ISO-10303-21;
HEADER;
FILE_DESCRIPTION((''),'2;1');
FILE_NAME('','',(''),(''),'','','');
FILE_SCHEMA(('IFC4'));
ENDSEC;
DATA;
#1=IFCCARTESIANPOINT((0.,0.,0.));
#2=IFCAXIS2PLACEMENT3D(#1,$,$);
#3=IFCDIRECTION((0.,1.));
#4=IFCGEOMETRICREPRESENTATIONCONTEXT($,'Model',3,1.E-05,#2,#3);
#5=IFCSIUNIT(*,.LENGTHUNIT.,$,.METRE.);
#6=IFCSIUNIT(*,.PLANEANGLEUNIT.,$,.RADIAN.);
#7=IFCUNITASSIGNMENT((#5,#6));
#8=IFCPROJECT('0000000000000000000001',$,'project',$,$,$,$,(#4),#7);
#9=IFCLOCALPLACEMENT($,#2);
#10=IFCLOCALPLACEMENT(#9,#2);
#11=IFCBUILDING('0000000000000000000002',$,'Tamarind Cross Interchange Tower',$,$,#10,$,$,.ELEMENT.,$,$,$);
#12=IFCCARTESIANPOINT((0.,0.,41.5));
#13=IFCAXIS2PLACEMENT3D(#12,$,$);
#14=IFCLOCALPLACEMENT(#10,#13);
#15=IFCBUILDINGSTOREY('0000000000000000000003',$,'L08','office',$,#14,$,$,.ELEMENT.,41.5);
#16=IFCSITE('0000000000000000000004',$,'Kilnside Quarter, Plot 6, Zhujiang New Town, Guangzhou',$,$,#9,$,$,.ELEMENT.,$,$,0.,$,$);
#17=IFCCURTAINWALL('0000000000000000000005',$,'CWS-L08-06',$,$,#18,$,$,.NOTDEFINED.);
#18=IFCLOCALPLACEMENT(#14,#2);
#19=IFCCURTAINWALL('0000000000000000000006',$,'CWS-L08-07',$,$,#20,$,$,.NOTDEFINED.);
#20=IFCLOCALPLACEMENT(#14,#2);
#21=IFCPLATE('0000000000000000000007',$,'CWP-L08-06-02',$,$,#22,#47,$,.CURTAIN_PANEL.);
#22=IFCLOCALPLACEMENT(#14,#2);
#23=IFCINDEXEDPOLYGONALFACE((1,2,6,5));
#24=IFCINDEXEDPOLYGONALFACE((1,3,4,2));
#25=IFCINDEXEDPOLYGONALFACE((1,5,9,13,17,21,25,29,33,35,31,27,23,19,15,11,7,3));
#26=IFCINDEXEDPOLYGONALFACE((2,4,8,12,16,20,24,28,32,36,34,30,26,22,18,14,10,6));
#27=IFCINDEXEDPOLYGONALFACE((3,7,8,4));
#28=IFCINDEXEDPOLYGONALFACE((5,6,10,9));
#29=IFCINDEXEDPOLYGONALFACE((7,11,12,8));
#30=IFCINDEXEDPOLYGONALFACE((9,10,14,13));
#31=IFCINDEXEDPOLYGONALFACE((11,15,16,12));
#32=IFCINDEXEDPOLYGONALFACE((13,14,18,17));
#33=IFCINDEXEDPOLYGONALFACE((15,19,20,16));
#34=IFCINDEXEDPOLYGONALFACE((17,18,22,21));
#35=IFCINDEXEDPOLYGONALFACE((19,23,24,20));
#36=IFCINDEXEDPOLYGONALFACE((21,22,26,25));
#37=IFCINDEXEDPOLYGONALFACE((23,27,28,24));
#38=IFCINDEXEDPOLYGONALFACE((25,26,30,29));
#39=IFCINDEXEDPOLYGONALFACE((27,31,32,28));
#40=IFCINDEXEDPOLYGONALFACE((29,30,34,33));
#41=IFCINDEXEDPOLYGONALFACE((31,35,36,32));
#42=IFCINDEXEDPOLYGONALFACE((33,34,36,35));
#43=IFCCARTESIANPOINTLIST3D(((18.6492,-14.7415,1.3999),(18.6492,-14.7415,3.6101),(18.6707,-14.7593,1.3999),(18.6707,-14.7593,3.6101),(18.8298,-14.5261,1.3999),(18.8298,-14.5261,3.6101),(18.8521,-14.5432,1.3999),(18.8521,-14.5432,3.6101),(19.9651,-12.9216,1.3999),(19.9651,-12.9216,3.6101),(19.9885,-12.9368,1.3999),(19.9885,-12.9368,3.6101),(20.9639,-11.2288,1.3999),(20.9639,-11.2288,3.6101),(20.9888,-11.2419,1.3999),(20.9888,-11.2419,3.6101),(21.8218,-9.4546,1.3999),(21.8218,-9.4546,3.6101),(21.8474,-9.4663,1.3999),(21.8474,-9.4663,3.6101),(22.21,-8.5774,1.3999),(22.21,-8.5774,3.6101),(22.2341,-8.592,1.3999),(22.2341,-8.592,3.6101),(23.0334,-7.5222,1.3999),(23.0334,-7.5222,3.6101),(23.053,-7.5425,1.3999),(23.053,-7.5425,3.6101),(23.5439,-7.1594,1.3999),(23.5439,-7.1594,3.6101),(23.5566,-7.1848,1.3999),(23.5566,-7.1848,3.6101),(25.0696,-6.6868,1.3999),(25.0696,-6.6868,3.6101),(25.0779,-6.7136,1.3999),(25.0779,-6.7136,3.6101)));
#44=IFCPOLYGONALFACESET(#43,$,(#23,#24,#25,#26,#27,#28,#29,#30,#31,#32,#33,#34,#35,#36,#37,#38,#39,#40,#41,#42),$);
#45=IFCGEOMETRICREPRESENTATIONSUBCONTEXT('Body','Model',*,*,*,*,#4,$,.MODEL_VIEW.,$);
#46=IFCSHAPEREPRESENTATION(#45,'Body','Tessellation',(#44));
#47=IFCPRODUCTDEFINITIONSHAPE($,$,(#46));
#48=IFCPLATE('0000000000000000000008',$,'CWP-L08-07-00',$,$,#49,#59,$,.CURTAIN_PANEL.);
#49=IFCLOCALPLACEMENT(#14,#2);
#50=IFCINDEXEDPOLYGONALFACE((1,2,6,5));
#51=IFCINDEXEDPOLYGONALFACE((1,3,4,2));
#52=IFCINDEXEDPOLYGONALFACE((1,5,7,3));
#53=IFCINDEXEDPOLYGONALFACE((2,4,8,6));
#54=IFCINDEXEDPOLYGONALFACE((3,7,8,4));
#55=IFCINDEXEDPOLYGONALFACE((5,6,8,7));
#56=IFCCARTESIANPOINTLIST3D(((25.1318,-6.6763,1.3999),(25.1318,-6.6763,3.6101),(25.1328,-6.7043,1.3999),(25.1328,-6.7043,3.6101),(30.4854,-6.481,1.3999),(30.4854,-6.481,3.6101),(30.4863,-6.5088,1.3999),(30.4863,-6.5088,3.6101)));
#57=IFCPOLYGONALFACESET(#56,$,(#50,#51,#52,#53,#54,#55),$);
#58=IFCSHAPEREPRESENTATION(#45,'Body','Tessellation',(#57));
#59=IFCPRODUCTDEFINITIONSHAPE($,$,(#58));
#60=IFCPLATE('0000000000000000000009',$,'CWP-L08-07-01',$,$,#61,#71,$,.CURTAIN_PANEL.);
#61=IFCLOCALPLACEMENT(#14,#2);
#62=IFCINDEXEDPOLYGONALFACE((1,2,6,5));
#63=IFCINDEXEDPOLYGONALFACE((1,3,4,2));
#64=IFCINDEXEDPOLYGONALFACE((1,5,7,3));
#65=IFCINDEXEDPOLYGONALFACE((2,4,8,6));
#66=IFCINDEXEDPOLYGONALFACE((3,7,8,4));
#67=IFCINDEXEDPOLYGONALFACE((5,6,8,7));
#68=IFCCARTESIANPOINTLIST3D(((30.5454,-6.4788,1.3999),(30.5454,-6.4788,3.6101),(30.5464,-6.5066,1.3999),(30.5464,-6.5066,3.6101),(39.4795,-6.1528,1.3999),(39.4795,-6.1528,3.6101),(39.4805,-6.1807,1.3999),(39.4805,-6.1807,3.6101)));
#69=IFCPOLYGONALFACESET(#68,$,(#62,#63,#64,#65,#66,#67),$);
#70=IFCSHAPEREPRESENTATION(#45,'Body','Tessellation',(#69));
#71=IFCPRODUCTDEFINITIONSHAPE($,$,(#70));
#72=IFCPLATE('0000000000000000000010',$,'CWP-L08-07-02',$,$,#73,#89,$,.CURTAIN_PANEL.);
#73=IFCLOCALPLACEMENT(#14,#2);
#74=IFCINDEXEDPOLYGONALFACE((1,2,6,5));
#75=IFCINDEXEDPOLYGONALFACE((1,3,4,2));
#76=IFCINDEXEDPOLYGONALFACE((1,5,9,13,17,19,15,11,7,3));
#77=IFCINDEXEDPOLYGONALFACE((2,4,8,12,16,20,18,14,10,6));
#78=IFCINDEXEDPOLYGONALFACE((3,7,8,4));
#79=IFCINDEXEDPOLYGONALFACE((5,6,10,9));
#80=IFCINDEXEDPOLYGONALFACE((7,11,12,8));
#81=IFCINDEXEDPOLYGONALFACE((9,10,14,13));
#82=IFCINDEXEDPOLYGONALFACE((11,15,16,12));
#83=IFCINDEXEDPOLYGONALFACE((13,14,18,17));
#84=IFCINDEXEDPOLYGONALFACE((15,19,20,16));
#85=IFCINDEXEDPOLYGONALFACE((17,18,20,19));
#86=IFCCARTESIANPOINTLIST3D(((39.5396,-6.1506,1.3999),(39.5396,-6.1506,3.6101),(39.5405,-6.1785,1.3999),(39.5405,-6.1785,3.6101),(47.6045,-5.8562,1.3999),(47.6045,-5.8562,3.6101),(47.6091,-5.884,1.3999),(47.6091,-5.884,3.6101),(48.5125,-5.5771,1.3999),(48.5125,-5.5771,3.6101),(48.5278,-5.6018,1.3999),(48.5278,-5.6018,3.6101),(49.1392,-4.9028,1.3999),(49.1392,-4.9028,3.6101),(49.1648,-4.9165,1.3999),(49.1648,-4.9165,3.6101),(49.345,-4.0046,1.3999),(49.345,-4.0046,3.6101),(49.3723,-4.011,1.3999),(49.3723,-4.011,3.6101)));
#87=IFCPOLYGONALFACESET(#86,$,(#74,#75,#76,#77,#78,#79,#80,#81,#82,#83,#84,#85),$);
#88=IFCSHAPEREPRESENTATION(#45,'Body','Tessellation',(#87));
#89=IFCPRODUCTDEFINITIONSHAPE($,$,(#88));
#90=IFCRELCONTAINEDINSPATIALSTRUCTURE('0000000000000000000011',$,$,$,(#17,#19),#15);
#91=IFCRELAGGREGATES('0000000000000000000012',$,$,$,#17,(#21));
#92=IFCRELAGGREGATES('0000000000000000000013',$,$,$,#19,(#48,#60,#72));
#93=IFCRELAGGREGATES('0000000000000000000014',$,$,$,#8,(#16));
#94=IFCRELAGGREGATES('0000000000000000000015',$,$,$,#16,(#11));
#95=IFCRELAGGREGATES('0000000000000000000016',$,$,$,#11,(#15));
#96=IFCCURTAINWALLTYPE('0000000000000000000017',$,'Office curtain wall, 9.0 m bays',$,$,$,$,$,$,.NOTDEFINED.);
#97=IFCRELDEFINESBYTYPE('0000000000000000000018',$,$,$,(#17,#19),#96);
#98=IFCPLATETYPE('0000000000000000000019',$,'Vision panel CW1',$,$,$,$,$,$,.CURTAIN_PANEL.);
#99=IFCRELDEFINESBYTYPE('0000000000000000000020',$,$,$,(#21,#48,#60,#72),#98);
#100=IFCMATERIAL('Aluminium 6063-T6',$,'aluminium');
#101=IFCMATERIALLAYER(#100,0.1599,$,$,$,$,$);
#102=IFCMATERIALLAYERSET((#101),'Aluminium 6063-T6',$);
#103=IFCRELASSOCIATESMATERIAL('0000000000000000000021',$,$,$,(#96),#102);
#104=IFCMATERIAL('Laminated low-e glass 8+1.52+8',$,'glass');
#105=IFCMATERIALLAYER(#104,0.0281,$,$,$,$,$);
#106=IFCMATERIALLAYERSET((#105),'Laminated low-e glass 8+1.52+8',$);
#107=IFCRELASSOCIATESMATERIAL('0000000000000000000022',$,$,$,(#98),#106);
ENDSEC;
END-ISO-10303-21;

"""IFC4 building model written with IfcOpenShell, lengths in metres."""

from ifc_helpers import new_model, si_unit, direction, frame, origin, place, context, subcontext, project, spatial, polyline, outline, extrude, material, layer, layer_set, type_object, element, aggregate, save


model = new_model("IFC4")

# Units and contexts
model_context = context("Model", 3, precision=1e-05, world=origin(), true_north=direction((0.0, 1.0)))
body_context = subcontext(model_context, "Body", "Model", "MODEL_VIEW")
ifc_project = project(units=[si_unit("LENGTHUNIT", "METRE"), si_unit("PLANEANGLEUNIT", "RADIAN")], contexts=[model_context])

# Site, building, storey
site_placement = place(None, origin())
site = spatial("IfcSite", under=ifc_project, at=site_placement, Name="Kilnside Quarter, Plot 6, Zhujiang New Town, Guangzhou", CompositionType="ELEMENT", RefElevation=0.0)
building_placement = place(site_placement, origin())
building = spatial("IfcBuilding", under=site, at=building_placement, Name="Tamarind Cross Interchange Tower", CompositionType="ELEMENT")
storey_placement = place(building_placement, frame((0.0, 0.0, 41.5)))
storey = spatial("IfcBuildingStorey", under=building, at=storey_placement, Name="L08", Description="office", CompositionType="ELEMENT", Elevation=41.5)

# Curtain walls
ifc_material_1 = material(Name="Aluminium 6063-T6", Category="aluminium")
ifc_layer_1 = layer(ifc_material_1, 0.1599)
ifc_layer_set_1 = layer_set([ifc_layer_1], Name="Aluminium 6063-T6")
curtain_wall_type = type_object("IfcCurtainWallType", Name="Office curtain wall, 9.0 m bays", PredefinedType="NOTDEFINED", material=ifc_layer_set_1)
curtain_wall_1_placement = place(storey_placement, origin())
curtain_wall_1 = element("IfcCurtainWall", 1, at=curtain_wall_1_placement, inside=storey, type_object=curtain_wall_type, Name="CWS-L08-06", PredefinedType="NOTDEFINED")
curtain_wall_2_placement = place(storey_placement, origin())
curtain_wall_2 = element("IfcCurtainWall", 2, at=curtain_wall_2_placement, inside=storey, type_object=curtain_wall_type, Name="CWS-L08-07", PredefinedType="NOTDEFINED")

# Plates
ifc_material_2 = material(Name="Laminated low-e glass 8+1.52+8", Category="glass")
ifc_layer_2 = layer(ifc_material_2, 0.0281)
ifc_layer_set_2 = layer_set([ifc_layer_2], Name="Laminated low-e glass 8+1.52+8")
plate_type = type_object("IfcPlateType", Name="Vision panel CW1", PredefinedType="CURTAIN_PANEL", material=ifc_layer_set_2)
plate_1_placement = place(storey_placement, frame((0.0, 0.0, 1.3999)))
plate_1 = element("IfcPlate", 3, at=plate_1_placement, type_object=plate_type, Name="CWP-L08-06-02", PredefinedType="CURTAIN_PANEL", context=body_context, shape_type="SweptSolid", body=[
    extrude(outline(polyline([(18.6492, -14.7415), (18.8298, -14.5261), (19.9651, -12.9216), (20.9639, -11.2288), (21.8218, -9.4546), (22.21, -8.5774), (23.0334, -7.5222), (23.5439, -7.1594), (25.0696, -6.6868), (25.0779, -6.7136), (23.5566, -7.1848), (23.053, -7.5425), (22.2341, -8.592), (21.8474, -9.4663), (20.9888, -11.2419), (19.9885, -12.9368), (18.8521, -14.5432), (18.6707, -14.7593), (18.6492, -14.7415)])), origin(), (0.0, 0.0, 1.0), 2.2102),
])
aggregate(curtain_wall_1, [plate_1])
plate_2_placement = place(storey_placement, frame((0.0, 0.0, 1.3999)))
plate_2 = element("IfcPlate", 4, at=plate_2_placement, type_object=plate_type, Name="CWP-L08-07-00", PredefinedType="CURTAIN_PANEL", context=body_context, shape_type="SweptSolid", body=[
    extrude(outline(polyline([(25.1318, -6.6763), (30.4854, -6.481), (30.4863, -6.5088), (25.1328, -6.7043), (25.1318, -6.6763)])), origin(), (0.0, 0.0, 1.0), 2.2102),
])
plate_3_placement = place(storey_placement, frame((0.0, 0.0, 1.3999)))
plate_3 = element("IfcPlate", 5, at=plate_3_placement, type_object=plate_type, Name="CWP-L08-07-01", PredefinedType="CURTAIN_PANEL", context=body_context, shape_type="SweptSolid", body=[
    extrude(outline(polyline([(30.5454, -6.4788), (39.4795, -6.1528), (39.4805, -6.1807), (30.5464, -6.5066), (30.5454, -6.4788)])), origin(), (0.0, 0.0, 1.0), 2.2102),
])
plate_4_placement = place(storey_placement, frame((0.0, 0.0, 1.3999)))
plate_4 = element("IfcPlate", 6, at=plate_4_placement, type_object=plate_type, Name="CWP-L08-07-02", PredefinedType="CURTAIN_PANEL", context=body_context, shape_type="SweptSolid", body=[
    extrude(outline(polyline([(39.5396, -6.1506), (47.6045, -5.8562), (48.5125, -5.5771), (49.1392, -4.9028), (49.345, -4.0046), (49.3723, -4.011), (49.1648, -4.9165), (48.5278, -5.6018), (47.6091, -5.884), (39.5405, -6.1785), (39.5396, -6.1506)])), origin(), (0.0, 0.0, 1.0), 2.2102),
])
aggregate(curtain_wall_2, [plate_2, plate_3, plate_4])

save(model, "model.ifc")
